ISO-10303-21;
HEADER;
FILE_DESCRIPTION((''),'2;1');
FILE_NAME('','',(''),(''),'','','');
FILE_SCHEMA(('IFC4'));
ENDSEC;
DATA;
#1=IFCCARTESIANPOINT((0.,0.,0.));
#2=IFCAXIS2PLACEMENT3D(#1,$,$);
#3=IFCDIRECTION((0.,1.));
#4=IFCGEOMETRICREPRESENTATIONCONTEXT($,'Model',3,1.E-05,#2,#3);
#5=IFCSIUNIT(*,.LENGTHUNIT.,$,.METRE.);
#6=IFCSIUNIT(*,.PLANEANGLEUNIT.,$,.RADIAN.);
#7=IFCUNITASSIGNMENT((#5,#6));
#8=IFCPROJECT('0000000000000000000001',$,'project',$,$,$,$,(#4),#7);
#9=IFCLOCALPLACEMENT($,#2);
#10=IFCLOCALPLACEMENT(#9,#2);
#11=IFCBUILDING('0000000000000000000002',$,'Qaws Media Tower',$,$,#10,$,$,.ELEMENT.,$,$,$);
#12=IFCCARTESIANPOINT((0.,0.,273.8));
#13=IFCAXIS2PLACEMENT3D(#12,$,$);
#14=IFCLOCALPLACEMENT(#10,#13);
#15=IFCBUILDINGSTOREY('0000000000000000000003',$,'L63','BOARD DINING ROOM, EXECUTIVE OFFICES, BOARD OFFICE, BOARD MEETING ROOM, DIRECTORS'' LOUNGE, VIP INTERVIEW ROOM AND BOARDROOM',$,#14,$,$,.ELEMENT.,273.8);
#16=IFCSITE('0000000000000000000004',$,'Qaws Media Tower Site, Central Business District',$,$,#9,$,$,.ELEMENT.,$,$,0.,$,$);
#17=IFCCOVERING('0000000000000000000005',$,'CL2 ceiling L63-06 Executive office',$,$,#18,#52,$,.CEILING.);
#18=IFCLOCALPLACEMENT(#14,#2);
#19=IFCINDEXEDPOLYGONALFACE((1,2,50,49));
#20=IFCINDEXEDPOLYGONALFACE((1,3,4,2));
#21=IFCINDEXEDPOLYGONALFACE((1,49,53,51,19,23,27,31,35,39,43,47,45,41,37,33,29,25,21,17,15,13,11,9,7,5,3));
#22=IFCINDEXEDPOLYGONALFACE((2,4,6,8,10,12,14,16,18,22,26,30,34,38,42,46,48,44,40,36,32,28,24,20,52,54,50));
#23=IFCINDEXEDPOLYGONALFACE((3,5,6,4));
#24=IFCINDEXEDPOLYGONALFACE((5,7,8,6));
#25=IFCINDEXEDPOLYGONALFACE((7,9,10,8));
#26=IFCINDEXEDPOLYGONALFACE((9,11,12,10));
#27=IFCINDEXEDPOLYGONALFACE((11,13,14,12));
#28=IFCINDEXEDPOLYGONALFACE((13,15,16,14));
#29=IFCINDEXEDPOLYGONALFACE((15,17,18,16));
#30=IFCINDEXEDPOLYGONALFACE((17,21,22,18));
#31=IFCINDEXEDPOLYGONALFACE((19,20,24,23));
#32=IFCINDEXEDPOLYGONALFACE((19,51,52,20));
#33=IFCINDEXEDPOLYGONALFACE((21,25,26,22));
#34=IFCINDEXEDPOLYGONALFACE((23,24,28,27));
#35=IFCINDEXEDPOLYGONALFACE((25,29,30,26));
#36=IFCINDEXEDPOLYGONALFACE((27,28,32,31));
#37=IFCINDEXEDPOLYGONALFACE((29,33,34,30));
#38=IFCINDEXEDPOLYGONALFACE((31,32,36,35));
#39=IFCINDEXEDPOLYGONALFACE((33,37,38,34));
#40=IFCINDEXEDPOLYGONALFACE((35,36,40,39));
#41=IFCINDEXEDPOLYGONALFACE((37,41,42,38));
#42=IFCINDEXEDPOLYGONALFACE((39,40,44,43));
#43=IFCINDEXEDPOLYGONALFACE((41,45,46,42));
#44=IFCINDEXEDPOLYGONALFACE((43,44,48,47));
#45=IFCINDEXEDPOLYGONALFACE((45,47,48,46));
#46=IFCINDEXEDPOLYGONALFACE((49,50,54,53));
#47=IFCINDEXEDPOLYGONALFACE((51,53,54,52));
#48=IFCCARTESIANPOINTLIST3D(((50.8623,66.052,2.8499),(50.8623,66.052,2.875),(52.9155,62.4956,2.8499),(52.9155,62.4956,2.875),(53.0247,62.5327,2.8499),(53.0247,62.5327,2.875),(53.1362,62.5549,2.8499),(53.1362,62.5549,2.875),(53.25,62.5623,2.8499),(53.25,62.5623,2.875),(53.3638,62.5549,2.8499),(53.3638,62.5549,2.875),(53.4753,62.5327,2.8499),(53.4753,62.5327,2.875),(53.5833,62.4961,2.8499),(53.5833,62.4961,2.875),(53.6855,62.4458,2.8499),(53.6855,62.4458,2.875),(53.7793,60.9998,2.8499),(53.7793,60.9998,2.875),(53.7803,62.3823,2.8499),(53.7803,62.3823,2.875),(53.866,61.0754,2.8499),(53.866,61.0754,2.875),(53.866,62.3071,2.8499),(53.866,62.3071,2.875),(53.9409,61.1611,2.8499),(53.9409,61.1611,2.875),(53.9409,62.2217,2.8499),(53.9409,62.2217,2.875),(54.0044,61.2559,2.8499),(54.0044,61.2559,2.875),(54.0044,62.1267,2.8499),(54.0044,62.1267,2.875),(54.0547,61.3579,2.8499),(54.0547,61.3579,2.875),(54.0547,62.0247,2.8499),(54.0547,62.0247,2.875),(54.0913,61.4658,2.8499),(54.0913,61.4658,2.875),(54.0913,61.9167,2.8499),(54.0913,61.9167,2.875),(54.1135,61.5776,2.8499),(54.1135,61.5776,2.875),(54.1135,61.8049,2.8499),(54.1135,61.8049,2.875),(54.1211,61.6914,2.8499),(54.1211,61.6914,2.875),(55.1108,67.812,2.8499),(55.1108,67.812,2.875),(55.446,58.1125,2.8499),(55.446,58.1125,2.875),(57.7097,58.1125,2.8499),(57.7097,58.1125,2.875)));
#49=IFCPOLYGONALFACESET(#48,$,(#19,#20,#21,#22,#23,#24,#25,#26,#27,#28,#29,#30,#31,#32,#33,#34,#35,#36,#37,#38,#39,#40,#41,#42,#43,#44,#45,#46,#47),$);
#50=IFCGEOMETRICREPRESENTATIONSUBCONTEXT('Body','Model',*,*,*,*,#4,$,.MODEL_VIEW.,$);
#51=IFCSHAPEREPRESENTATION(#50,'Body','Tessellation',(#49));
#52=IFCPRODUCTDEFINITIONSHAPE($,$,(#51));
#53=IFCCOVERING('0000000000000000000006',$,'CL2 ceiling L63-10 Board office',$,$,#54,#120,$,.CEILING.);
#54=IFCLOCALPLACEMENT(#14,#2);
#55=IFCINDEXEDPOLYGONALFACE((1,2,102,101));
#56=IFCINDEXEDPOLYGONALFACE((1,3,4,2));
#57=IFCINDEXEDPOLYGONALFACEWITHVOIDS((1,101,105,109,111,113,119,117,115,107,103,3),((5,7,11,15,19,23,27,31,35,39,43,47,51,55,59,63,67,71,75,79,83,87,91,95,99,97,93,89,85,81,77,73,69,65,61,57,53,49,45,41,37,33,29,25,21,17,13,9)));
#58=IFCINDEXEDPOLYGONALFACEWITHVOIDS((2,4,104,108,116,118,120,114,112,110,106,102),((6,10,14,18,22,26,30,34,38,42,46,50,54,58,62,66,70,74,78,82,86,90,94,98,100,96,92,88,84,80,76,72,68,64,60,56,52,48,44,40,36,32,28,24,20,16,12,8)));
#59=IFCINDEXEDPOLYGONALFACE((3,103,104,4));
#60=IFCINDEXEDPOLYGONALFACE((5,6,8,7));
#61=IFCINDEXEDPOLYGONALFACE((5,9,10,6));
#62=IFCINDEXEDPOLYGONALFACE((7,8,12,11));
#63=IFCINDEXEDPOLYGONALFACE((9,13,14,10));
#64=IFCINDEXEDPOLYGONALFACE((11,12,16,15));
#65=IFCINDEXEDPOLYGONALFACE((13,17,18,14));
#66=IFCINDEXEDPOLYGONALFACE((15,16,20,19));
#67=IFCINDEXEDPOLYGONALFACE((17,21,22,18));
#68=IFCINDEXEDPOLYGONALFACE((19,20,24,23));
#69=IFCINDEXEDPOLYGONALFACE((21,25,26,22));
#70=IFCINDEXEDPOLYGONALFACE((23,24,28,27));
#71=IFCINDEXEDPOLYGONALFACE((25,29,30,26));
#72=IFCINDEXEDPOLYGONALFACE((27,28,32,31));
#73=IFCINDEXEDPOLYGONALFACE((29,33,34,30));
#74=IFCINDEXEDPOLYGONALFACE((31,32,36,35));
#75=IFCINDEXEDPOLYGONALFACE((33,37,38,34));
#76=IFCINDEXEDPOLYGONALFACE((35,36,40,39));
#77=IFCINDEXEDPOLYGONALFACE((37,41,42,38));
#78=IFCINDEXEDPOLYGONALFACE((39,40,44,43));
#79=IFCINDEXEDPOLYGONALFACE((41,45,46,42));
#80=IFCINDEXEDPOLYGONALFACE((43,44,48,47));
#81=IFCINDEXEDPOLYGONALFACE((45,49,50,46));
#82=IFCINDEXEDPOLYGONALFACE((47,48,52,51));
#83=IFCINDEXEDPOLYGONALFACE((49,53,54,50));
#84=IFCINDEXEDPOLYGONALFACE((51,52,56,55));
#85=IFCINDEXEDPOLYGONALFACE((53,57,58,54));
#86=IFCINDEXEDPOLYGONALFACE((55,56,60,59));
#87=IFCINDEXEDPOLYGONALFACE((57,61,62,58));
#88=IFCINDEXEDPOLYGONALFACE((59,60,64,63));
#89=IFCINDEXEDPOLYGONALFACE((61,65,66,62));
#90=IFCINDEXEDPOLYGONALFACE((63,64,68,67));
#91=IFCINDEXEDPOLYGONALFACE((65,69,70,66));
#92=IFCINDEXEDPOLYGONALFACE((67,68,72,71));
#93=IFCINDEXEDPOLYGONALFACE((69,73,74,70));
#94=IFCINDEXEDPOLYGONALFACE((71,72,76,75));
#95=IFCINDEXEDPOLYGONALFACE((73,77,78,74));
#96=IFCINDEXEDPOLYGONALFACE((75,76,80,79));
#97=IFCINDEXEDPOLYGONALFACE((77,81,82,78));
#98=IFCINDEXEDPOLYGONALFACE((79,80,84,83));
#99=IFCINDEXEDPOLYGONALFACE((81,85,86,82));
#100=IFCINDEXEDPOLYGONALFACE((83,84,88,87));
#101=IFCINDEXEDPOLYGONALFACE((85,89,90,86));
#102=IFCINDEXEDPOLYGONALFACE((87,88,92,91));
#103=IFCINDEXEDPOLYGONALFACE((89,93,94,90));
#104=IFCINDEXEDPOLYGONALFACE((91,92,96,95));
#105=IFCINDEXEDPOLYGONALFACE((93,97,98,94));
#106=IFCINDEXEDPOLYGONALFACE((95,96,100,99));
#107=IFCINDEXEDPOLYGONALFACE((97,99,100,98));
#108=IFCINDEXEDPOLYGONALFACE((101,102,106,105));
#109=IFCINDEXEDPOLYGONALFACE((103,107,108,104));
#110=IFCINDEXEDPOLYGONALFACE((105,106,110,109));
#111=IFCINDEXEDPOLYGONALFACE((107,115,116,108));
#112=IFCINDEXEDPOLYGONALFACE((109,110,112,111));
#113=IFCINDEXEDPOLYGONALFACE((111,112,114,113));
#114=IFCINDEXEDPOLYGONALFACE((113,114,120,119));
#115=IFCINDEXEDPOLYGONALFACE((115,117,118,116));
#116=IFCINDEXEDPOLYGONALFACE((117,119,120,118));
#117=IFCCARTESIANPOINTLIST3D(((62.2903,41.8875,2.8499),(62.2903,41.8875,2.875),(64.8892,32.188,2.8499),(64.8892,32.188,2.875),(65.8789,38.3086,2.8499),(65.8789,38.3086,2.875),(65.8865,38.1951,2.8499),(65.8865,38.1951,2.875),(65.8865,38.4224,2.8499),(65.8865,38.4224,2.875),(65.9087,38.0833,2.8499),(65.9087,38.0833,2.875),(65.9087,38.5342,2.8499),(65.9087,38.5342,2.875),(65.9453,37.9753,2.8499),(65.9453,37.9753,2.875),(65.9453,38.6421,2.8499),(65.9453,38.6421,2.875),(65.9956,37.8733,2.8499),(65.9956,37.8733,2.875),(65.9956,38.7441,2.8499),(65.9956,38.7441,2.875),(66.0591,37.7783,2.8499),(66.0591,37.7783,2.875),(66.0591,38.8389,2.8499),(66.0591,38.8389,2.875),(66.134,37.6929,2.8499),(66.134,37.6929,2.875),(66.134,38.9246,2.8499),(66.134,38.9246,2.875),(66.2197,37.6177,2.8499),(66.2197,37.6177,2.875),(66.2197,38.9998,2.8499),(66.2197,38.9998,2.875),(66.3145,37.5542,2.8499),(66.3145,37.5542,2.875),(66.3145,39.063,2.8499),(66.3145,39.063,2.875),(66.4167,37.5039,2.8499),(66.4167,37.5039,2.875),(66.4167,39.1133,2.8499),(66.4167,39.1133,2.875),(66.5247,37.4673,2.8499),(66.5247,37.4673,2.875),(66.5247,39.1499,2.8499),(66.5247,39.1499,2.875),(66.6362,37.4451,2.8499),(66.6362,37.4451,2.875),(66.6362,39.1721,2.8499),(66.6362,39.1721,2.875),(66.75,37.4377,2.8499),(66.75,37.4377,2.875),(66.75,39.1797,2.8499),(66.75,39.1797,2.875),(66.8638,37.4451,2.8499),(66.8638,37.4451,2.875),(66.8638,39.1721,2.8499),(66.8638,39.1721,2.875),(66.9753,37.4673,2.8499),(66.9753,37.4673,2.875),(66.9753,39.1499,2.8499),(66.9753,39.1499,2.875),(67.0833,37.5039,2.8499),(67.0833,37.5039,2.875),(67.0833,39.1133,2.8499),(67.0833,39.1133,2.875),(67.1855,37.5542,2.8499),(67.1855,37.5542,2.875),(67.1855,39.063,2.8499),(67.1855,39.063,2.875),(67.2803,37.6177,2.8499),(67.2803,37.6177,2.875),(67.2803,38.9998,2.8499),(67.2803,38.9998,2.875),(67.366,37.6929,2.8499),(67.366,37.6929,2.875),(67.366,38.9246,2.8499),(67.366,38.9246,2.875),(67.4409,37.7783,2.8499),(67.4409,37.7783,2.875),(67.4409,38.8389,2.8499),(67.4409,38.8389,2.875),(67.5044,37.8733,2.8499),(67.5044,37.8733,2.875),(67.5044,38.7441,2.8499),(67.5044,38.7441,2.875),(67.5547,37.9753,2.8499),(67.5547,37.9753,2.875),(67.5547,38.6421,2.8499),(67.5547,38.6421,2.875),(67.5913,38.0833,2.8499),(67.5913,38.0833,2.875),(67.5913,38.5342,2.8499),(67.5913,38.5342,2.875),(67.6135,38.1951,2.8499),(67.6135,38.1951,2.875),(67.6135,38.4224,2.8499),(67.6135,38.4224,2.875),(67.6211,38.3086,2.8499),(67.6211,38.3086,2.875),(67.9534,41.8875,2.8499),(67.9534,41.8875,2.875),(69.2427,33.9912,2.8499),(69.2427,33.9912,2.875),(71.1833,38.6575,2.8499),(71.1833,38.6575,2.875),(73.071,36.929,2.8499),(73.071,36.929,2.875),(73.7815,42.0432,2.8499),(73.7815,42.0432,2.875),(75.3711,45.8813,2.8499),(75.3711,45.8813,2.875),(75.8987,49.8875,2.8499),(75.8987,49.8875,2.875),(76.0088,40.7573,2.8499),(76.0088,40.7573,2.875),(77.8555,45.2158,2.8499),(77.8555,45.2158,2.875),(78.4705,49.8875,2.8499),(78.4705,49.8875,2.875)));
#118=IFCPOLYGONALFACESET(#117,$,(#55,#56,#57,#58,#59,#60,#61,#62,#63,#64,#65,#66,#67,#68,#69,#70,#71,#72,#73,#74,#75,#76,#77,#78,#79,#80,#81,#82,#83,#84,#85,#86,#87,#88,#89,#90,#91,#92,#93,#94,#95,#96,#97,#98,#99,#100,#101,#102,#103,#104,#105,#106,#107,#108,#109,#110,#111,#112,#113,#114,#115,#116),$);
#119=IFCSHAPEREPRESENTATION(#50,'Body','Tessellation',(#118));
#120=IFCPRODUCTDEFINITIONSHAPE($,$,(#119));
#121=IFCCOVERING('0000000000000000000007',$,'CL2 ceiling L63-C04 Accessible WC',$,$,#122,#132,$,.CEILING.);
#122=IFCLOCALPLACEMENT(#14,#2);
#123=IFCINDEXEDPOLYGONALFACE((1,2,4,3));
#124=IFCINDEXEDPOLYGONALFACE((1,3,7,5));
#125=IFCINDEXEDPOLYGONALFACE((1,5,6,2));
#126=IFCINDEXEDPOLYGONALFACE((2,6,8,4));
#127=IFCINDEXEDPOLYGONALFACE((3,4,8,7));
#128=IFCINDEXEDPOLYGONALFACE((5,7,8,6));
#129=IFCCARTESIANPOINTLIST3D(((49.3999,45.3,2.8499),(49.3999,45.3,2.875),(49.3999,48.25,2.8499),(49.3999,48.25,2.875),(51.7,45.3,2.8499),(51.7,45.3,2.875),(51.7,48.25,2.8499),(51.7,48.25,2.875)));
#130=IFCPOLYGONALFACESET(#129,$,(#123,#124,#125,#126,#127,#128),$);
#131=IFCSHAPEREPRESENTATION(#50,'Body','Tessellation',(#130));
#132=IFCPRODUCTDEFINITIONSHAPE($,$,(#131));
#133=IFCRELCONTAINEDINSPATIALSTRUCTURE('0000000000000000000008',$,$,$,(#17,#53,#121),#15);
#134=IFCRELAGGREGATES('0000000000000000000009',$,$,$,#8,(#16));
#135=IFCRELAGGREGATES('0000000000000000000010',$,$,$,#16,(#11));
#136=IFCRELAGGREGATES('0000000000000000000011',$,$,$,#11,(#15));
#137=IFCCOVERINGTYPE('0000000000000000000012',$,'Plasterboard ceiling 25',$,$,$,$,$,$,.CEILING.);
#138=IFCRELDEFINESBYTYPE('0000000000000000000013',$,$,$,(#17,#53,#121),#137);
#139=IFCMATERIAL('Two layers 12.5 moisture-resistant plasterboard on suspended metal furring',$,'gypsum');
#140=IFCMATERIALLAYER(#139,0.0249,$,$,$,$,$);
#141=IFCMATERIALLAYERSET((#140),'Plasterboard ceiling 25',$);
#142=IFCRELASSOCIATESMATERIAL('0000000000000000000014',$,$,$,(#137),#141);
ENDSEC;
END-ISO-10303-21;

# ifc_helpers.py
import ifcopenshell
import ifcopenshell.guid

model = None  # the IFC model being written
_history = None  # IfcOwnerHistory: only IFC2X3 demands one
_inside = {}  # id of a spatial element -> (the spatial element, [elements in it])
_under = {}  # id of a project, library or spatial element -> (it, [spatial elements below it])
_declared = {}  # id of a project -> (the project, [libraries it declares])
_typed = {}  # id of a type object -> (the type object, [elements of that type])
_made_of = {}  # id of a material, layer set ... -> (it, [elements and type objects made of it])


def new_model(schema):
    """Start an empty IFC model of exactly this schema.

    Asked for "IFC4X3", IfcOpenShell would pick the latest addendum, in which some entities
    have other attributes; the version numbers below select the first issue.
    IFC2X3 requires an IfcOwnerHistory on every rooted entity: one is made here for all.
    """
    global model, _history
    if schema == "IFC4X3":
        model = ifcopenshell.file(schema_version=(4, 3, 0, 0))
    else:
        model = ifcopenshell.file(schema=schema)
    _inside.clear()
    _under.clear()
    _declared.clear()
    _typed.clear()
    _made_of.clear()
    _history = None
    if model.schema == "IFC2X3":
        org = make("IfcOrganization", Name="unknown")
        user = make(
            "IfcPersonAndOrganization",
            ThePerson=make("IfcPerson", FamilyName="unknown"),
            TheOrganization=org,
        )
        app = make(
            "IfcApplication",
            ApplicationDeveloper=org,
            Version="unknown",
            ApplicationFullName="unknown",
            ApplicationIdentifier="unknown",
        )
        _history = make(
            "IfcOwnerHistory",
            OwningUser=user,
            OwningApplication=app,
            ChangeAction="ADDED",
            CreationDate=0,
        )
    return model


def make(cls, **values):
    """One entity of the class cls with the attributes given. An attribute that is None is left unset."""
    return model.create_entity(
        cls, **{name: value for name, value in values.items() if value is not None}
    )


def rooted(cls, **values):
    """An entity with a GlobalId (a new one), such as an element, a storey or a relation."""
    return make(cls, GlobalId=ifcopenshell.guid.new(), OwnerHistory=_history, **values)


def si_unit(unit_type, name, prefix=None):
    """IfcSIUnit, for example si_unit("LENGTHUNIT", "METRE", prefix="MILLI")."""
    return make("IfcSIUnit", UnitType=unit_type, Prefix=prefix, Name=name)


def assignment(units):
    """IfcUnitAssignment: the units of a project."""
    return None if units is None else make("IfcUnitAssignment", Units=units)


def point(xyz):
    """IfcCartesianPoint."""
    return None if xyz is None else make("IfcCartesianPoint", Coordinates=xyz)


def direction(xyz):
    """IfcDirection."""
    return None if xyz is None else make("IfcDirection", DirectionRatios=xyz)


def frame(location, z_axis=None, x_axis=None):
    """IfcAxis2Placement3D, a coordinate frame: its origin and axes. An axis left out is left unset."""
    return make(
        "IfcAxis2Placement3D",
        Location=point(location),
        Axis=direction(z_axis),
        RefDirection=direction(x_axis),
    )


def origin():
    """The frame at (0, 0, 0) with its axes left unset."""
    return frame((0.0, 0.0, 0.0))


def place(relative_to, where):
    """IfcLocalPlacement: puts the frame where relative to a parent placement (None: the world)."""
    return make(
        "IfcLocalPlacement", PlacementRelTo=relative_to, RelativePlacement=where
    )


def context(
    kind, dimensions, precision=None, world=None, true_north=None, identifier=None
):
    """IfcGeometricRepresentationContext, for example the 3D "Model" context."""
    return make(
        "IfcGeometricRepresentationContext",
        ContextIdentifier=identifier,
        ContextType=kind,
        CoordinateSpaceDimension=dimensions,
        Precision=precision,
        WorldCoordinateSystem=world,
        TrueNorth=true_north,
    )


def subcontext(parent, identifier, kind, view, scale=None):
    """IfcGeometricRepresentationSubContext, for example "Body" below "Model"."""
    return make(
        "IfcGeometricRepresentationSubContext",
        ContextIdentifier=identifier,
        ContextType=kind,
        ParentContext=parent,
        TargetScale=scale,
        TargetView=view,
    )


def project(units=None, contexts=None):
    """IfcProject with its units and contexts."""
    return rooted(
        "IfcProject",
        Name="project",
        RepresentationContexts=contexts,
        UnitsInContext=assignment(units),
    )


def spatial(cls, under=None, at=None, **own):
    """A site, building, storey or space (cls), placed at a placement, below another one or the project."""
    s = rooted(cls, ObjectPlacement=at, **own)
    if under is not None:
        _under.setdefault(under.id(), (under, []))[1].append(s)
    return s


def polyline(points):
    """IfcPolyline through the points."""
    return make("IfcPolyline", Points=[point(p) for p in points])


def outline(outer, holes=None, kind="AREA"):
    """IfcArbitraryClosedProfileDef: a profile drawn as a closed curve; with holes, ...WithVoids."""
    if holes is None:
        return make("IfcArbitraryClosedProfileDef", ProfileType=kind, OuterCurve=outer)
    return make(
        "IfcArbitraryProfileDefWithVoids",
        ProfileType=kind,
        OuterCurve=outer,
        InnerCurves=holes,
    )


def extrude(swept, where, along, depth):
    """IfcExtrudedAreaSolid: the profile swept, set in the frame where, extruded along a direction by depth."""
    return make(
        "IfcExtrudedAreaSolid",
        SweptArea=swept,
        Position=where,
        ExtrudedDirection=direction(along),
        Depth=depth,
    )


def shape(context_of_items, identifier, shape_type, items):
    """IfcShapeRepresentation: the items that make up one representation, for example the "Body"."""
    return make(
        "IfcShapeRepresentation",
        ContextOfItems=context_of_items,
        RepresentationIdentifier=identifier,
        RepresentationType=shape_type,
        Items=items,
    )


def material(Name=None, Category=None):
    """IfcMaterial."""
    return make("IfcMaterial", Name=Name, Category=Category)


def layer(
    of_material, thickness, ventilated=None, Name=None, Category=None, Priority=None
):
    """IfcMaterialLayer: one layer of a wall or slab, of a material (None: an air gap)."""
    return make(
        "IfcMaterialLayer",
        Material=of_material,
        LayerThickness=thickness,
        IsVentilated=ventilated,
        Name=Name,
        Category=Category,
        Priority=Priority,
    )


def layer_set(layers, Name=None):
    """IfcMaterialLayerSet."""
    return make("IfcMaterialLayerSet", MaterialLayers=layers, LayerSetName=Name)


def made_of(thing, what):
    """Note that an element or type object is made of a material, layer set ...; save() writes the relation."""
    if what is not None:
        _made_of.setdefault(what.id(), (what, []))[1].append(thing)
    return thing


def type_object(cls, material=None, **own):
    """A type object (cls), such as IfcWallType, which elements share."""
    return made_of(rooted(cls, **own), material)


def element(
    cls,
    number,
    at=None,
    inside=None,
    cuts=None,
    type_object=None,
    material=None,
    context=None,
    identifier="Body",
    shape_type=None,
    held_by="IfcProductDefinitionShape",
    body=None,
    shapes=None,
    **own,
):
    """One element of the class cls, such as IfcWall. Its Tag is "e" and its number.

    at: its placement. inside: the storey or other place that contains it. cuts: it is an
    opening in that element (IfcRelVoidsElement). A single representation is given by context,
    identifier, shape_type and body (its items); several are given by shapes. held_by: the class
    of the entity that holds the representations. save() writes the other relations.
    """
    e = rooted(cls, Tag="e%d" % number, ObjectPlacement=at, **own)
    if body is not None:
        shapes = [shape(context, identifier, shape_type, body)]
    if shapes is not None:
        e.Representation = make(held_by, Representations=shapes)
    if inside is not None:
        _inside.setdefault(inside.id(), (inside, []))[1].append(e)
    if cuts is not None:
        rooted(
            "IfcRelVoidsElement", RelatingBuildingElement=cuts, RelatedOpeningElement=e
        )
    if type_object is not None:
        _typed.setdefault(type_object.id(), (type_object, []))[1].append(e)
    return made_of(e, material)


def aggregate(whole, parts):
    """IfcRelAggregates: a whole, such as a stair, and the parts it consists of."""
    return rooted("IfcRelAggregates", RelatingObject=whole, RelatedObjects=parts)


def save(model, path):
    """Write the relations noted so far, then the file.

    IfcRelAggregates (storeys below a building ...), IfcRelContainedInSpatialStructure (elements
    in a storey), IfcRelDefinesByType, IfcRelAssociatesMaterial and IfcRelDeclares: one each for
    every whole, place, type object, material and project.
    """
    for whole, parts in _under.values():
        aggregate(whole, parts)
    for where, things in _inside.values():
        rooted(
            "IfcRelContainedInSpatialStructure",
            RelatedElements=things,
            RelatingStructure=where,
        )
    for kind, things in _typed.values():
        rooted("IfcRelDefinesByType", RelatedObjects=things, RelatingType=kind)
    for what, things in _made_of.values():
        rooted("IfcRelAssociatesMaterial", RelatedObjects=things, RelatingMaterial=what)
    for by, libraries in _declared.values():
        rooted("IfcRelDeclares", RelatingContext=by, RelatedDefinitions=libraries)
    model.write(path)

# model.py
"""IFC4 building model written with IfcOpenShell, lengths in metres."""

from ifc_helpers import new_model, si_unit, direction, frame, origin, place, context, subcontext, project, spatial, polyline, outline, extrude, material, layer, layer_set, type_object, element, save


model = new_model("IFC4")

# Units and contexts
model_context = context("Model", 3, precision=1e-05, world=origin(), true_north=direction((0.0, 1.0)))
body_context = subcontext(model_context, "Body", "Model", "MODEL_VIEW")
ifc_project = project(units=[si_unit("LENGTHUNIT", "METRE"), si_unit("PLANEANGLEUNIT", "RADIAN")], contexts=[model_context])

# Site, building, storey
site_placement = place(None, origin())
site = spatial("IfcSite", under=ifc_project, at=site_placement, Name="Qaws Media Tower Site, Central Business District", CompositionType="ELEMENT", RefElevation=0.0)
building_placement = place(site_placement, origin())
building = spatial("IfcBuilding", under=site, at=building_placement, Name="Qaws Media Tower", CompositionType="ELEMENT")
storey_placement = place(building_placement, frame((0.0, 0.0, 273.8)))
storey = spatial("IfcBuildingStorey", under=building, at=storey_placement, Name="L63", Description="BOARD DINING ROOM, EXECUTIVE OFFICES, BOARD OFFICE, BOARD MEETING ROOM, DIRECTORS' LOUNGE, VIP INTERVIEW ROOM AND BOARDROOM", CompositionType="ELEMENT", Elevation=273.8)

# Coverings
ifc_material_1 = material(Name="Two layers 12.5 moisture-resistant plasterboard on suspended metal furring", Category="gypsum")
ifc_layer_1 = layer(ifc_material_1, 0.0249)
ifc_layer_set_1 = layer_set([ifc_layer_1], Name="Plasterboard ceiling 25")
covering_type_1 = type_object("IfcCoveringType", Name="Plasterboard ceiling 25", PredefinedType="CEILING", material=ifc_layer_set_1)
covering_1_placement = place(storey_placement, frame((0.0, 0.0, 2.8499)))
element("IfcCovering", 1, at=covering_1_placement, inside=storey, type_object=covering_type_1, Name="CL2 ceiling L63-06 Executive office", PredefinedType="CEILING", context=body_context, shape_type="SweptSolid", body=[
    extrude(outline(polyline([(55.1108, 67.812), (57.7097, 58.1125), (55.446, 58.1125), (53.7793, 60.9998), (53.866, 61.0754), (53.9409, 61.1611), (54.0044, 61.2559), (54.0547, 61.3579), (54.0913, 61.4658), (54.1135, 61.5776), (54.1211, 61.6914), (54.1135, 61.8049), (54.0913, 61.9167), (54.0547, 62.0247), (54.0044, 62.1267), (53.9409, 62.2217), (53.866, 62.3071), (53.7803, 62.3823), (53.6855, 62.4458), (53.5833, 62.4961), (53.4753, 62.5327), (53.3638, 62.5549), (53.25, 62.5623), (53.1362, 62.5549), (53.0247, 62.5327), (52.9155, 62.4956), (50.8623, 66.052), (55.1108, 67.812)])), origin(), (0.0, 0.0, 1.0), 0.0251),
])
covering_2_placement = place(storey_placement, frame((0.0, 0.0, 2.8499)))
element("IfcCovering", 2, at=covering_2_placement, inside=storey, type_object=covering_type_1, Name="CL2 ceiling L63-10 Board office", PredefinedType="CEILING", context=body_context, shape_type="SweptSolid", body=[
    extrude(outline(polyline([(77.8555, 45.2158), (76.0088, 40.7573), (73.071, 36.929), (69.2427, 33.9912), (64.8892, 32.188), (62.2903, 41.8875), (67.9534, 41.8875), (71.1833, 38.6575), (73.7815, 42.0432), (75.3711, 45.8813), (75.8987, 49.8875), (78.4705, 49.8875), (77.8555, 45.2158)]), holes=[polyline([(67.5547, 37.9753), (67.5913, 38.0833), (67.6135, 38.1951), (67.6211, 38.3086), (67.6135, 38.4224), (67.5913, 38.5342), (67.5547, 38.6421), (67.5044, 38.7441), (67.4409, 38.8389), (67.366, 38.9246), (67.2803, 38.9998), (67.1855, 39.063), (67.0833, 39.1133), (66.9753, 39.1499), (66.8638, 39.1721), (66.75, 39.1797), (66.6362, 39.1721), (66.5247, 39.1499), (66.4167, 39.1133), (66.3145, 39.063), (66.2197, 38.9998), (66.134, 38.9246), (66.0591, 38.8389), (65.9956, 38.7441), (65.9453, 38.6421), (65.9087, 38.5342), (65.8865, 38.4224), (65.8789, 38.3086), (65.8865, 38.1951), (65.9087, 38.0833), (65.9453, 37.9753), (65.9956, 37.8733), (66.0591, 37.7783), (66.134, 37.6929), (66.2197, 37.6177), (66.3145, 37.5542), (66.4167, 37.5039), (66.5247, 37.4673), (66.6362, 37.4451), (66.75, 37.4377), (66.8638, 37.4451), (66.9753, 37.4673), (67.0833, 37.5039), (67.1855, 37.5542), (67.2803, 37.6177), (67.366, 37.6929), (67.4409, 37.7783), (67.5044, 37.8733), (67.5547, 37.9753)])]), origin(), (0.0, 0.0, 1.0), 0.0251),
])
covering_3_placement = place(storey_placement, frame((0.0, 0.0, 2.8499)))
element("IfcCovering", 3, at=covering_3_placement, inside=storey, type_object=covering_type_1, Name="CL2 ceiling L63-C04 Accessible WC", PredefinedType="CEILING", context=body_context, shape_type="SweptSolid", body=[
    extrude(outline(polyline([(49.3999, 45.3), (49.3999, 48.25), (51.7, 48.25), (51.7, 45.3), (49.3999, 45.3)])), origin(), (0.0, 0.0, 1.0), 0.0251),
])

save(model, "model.ifc")
